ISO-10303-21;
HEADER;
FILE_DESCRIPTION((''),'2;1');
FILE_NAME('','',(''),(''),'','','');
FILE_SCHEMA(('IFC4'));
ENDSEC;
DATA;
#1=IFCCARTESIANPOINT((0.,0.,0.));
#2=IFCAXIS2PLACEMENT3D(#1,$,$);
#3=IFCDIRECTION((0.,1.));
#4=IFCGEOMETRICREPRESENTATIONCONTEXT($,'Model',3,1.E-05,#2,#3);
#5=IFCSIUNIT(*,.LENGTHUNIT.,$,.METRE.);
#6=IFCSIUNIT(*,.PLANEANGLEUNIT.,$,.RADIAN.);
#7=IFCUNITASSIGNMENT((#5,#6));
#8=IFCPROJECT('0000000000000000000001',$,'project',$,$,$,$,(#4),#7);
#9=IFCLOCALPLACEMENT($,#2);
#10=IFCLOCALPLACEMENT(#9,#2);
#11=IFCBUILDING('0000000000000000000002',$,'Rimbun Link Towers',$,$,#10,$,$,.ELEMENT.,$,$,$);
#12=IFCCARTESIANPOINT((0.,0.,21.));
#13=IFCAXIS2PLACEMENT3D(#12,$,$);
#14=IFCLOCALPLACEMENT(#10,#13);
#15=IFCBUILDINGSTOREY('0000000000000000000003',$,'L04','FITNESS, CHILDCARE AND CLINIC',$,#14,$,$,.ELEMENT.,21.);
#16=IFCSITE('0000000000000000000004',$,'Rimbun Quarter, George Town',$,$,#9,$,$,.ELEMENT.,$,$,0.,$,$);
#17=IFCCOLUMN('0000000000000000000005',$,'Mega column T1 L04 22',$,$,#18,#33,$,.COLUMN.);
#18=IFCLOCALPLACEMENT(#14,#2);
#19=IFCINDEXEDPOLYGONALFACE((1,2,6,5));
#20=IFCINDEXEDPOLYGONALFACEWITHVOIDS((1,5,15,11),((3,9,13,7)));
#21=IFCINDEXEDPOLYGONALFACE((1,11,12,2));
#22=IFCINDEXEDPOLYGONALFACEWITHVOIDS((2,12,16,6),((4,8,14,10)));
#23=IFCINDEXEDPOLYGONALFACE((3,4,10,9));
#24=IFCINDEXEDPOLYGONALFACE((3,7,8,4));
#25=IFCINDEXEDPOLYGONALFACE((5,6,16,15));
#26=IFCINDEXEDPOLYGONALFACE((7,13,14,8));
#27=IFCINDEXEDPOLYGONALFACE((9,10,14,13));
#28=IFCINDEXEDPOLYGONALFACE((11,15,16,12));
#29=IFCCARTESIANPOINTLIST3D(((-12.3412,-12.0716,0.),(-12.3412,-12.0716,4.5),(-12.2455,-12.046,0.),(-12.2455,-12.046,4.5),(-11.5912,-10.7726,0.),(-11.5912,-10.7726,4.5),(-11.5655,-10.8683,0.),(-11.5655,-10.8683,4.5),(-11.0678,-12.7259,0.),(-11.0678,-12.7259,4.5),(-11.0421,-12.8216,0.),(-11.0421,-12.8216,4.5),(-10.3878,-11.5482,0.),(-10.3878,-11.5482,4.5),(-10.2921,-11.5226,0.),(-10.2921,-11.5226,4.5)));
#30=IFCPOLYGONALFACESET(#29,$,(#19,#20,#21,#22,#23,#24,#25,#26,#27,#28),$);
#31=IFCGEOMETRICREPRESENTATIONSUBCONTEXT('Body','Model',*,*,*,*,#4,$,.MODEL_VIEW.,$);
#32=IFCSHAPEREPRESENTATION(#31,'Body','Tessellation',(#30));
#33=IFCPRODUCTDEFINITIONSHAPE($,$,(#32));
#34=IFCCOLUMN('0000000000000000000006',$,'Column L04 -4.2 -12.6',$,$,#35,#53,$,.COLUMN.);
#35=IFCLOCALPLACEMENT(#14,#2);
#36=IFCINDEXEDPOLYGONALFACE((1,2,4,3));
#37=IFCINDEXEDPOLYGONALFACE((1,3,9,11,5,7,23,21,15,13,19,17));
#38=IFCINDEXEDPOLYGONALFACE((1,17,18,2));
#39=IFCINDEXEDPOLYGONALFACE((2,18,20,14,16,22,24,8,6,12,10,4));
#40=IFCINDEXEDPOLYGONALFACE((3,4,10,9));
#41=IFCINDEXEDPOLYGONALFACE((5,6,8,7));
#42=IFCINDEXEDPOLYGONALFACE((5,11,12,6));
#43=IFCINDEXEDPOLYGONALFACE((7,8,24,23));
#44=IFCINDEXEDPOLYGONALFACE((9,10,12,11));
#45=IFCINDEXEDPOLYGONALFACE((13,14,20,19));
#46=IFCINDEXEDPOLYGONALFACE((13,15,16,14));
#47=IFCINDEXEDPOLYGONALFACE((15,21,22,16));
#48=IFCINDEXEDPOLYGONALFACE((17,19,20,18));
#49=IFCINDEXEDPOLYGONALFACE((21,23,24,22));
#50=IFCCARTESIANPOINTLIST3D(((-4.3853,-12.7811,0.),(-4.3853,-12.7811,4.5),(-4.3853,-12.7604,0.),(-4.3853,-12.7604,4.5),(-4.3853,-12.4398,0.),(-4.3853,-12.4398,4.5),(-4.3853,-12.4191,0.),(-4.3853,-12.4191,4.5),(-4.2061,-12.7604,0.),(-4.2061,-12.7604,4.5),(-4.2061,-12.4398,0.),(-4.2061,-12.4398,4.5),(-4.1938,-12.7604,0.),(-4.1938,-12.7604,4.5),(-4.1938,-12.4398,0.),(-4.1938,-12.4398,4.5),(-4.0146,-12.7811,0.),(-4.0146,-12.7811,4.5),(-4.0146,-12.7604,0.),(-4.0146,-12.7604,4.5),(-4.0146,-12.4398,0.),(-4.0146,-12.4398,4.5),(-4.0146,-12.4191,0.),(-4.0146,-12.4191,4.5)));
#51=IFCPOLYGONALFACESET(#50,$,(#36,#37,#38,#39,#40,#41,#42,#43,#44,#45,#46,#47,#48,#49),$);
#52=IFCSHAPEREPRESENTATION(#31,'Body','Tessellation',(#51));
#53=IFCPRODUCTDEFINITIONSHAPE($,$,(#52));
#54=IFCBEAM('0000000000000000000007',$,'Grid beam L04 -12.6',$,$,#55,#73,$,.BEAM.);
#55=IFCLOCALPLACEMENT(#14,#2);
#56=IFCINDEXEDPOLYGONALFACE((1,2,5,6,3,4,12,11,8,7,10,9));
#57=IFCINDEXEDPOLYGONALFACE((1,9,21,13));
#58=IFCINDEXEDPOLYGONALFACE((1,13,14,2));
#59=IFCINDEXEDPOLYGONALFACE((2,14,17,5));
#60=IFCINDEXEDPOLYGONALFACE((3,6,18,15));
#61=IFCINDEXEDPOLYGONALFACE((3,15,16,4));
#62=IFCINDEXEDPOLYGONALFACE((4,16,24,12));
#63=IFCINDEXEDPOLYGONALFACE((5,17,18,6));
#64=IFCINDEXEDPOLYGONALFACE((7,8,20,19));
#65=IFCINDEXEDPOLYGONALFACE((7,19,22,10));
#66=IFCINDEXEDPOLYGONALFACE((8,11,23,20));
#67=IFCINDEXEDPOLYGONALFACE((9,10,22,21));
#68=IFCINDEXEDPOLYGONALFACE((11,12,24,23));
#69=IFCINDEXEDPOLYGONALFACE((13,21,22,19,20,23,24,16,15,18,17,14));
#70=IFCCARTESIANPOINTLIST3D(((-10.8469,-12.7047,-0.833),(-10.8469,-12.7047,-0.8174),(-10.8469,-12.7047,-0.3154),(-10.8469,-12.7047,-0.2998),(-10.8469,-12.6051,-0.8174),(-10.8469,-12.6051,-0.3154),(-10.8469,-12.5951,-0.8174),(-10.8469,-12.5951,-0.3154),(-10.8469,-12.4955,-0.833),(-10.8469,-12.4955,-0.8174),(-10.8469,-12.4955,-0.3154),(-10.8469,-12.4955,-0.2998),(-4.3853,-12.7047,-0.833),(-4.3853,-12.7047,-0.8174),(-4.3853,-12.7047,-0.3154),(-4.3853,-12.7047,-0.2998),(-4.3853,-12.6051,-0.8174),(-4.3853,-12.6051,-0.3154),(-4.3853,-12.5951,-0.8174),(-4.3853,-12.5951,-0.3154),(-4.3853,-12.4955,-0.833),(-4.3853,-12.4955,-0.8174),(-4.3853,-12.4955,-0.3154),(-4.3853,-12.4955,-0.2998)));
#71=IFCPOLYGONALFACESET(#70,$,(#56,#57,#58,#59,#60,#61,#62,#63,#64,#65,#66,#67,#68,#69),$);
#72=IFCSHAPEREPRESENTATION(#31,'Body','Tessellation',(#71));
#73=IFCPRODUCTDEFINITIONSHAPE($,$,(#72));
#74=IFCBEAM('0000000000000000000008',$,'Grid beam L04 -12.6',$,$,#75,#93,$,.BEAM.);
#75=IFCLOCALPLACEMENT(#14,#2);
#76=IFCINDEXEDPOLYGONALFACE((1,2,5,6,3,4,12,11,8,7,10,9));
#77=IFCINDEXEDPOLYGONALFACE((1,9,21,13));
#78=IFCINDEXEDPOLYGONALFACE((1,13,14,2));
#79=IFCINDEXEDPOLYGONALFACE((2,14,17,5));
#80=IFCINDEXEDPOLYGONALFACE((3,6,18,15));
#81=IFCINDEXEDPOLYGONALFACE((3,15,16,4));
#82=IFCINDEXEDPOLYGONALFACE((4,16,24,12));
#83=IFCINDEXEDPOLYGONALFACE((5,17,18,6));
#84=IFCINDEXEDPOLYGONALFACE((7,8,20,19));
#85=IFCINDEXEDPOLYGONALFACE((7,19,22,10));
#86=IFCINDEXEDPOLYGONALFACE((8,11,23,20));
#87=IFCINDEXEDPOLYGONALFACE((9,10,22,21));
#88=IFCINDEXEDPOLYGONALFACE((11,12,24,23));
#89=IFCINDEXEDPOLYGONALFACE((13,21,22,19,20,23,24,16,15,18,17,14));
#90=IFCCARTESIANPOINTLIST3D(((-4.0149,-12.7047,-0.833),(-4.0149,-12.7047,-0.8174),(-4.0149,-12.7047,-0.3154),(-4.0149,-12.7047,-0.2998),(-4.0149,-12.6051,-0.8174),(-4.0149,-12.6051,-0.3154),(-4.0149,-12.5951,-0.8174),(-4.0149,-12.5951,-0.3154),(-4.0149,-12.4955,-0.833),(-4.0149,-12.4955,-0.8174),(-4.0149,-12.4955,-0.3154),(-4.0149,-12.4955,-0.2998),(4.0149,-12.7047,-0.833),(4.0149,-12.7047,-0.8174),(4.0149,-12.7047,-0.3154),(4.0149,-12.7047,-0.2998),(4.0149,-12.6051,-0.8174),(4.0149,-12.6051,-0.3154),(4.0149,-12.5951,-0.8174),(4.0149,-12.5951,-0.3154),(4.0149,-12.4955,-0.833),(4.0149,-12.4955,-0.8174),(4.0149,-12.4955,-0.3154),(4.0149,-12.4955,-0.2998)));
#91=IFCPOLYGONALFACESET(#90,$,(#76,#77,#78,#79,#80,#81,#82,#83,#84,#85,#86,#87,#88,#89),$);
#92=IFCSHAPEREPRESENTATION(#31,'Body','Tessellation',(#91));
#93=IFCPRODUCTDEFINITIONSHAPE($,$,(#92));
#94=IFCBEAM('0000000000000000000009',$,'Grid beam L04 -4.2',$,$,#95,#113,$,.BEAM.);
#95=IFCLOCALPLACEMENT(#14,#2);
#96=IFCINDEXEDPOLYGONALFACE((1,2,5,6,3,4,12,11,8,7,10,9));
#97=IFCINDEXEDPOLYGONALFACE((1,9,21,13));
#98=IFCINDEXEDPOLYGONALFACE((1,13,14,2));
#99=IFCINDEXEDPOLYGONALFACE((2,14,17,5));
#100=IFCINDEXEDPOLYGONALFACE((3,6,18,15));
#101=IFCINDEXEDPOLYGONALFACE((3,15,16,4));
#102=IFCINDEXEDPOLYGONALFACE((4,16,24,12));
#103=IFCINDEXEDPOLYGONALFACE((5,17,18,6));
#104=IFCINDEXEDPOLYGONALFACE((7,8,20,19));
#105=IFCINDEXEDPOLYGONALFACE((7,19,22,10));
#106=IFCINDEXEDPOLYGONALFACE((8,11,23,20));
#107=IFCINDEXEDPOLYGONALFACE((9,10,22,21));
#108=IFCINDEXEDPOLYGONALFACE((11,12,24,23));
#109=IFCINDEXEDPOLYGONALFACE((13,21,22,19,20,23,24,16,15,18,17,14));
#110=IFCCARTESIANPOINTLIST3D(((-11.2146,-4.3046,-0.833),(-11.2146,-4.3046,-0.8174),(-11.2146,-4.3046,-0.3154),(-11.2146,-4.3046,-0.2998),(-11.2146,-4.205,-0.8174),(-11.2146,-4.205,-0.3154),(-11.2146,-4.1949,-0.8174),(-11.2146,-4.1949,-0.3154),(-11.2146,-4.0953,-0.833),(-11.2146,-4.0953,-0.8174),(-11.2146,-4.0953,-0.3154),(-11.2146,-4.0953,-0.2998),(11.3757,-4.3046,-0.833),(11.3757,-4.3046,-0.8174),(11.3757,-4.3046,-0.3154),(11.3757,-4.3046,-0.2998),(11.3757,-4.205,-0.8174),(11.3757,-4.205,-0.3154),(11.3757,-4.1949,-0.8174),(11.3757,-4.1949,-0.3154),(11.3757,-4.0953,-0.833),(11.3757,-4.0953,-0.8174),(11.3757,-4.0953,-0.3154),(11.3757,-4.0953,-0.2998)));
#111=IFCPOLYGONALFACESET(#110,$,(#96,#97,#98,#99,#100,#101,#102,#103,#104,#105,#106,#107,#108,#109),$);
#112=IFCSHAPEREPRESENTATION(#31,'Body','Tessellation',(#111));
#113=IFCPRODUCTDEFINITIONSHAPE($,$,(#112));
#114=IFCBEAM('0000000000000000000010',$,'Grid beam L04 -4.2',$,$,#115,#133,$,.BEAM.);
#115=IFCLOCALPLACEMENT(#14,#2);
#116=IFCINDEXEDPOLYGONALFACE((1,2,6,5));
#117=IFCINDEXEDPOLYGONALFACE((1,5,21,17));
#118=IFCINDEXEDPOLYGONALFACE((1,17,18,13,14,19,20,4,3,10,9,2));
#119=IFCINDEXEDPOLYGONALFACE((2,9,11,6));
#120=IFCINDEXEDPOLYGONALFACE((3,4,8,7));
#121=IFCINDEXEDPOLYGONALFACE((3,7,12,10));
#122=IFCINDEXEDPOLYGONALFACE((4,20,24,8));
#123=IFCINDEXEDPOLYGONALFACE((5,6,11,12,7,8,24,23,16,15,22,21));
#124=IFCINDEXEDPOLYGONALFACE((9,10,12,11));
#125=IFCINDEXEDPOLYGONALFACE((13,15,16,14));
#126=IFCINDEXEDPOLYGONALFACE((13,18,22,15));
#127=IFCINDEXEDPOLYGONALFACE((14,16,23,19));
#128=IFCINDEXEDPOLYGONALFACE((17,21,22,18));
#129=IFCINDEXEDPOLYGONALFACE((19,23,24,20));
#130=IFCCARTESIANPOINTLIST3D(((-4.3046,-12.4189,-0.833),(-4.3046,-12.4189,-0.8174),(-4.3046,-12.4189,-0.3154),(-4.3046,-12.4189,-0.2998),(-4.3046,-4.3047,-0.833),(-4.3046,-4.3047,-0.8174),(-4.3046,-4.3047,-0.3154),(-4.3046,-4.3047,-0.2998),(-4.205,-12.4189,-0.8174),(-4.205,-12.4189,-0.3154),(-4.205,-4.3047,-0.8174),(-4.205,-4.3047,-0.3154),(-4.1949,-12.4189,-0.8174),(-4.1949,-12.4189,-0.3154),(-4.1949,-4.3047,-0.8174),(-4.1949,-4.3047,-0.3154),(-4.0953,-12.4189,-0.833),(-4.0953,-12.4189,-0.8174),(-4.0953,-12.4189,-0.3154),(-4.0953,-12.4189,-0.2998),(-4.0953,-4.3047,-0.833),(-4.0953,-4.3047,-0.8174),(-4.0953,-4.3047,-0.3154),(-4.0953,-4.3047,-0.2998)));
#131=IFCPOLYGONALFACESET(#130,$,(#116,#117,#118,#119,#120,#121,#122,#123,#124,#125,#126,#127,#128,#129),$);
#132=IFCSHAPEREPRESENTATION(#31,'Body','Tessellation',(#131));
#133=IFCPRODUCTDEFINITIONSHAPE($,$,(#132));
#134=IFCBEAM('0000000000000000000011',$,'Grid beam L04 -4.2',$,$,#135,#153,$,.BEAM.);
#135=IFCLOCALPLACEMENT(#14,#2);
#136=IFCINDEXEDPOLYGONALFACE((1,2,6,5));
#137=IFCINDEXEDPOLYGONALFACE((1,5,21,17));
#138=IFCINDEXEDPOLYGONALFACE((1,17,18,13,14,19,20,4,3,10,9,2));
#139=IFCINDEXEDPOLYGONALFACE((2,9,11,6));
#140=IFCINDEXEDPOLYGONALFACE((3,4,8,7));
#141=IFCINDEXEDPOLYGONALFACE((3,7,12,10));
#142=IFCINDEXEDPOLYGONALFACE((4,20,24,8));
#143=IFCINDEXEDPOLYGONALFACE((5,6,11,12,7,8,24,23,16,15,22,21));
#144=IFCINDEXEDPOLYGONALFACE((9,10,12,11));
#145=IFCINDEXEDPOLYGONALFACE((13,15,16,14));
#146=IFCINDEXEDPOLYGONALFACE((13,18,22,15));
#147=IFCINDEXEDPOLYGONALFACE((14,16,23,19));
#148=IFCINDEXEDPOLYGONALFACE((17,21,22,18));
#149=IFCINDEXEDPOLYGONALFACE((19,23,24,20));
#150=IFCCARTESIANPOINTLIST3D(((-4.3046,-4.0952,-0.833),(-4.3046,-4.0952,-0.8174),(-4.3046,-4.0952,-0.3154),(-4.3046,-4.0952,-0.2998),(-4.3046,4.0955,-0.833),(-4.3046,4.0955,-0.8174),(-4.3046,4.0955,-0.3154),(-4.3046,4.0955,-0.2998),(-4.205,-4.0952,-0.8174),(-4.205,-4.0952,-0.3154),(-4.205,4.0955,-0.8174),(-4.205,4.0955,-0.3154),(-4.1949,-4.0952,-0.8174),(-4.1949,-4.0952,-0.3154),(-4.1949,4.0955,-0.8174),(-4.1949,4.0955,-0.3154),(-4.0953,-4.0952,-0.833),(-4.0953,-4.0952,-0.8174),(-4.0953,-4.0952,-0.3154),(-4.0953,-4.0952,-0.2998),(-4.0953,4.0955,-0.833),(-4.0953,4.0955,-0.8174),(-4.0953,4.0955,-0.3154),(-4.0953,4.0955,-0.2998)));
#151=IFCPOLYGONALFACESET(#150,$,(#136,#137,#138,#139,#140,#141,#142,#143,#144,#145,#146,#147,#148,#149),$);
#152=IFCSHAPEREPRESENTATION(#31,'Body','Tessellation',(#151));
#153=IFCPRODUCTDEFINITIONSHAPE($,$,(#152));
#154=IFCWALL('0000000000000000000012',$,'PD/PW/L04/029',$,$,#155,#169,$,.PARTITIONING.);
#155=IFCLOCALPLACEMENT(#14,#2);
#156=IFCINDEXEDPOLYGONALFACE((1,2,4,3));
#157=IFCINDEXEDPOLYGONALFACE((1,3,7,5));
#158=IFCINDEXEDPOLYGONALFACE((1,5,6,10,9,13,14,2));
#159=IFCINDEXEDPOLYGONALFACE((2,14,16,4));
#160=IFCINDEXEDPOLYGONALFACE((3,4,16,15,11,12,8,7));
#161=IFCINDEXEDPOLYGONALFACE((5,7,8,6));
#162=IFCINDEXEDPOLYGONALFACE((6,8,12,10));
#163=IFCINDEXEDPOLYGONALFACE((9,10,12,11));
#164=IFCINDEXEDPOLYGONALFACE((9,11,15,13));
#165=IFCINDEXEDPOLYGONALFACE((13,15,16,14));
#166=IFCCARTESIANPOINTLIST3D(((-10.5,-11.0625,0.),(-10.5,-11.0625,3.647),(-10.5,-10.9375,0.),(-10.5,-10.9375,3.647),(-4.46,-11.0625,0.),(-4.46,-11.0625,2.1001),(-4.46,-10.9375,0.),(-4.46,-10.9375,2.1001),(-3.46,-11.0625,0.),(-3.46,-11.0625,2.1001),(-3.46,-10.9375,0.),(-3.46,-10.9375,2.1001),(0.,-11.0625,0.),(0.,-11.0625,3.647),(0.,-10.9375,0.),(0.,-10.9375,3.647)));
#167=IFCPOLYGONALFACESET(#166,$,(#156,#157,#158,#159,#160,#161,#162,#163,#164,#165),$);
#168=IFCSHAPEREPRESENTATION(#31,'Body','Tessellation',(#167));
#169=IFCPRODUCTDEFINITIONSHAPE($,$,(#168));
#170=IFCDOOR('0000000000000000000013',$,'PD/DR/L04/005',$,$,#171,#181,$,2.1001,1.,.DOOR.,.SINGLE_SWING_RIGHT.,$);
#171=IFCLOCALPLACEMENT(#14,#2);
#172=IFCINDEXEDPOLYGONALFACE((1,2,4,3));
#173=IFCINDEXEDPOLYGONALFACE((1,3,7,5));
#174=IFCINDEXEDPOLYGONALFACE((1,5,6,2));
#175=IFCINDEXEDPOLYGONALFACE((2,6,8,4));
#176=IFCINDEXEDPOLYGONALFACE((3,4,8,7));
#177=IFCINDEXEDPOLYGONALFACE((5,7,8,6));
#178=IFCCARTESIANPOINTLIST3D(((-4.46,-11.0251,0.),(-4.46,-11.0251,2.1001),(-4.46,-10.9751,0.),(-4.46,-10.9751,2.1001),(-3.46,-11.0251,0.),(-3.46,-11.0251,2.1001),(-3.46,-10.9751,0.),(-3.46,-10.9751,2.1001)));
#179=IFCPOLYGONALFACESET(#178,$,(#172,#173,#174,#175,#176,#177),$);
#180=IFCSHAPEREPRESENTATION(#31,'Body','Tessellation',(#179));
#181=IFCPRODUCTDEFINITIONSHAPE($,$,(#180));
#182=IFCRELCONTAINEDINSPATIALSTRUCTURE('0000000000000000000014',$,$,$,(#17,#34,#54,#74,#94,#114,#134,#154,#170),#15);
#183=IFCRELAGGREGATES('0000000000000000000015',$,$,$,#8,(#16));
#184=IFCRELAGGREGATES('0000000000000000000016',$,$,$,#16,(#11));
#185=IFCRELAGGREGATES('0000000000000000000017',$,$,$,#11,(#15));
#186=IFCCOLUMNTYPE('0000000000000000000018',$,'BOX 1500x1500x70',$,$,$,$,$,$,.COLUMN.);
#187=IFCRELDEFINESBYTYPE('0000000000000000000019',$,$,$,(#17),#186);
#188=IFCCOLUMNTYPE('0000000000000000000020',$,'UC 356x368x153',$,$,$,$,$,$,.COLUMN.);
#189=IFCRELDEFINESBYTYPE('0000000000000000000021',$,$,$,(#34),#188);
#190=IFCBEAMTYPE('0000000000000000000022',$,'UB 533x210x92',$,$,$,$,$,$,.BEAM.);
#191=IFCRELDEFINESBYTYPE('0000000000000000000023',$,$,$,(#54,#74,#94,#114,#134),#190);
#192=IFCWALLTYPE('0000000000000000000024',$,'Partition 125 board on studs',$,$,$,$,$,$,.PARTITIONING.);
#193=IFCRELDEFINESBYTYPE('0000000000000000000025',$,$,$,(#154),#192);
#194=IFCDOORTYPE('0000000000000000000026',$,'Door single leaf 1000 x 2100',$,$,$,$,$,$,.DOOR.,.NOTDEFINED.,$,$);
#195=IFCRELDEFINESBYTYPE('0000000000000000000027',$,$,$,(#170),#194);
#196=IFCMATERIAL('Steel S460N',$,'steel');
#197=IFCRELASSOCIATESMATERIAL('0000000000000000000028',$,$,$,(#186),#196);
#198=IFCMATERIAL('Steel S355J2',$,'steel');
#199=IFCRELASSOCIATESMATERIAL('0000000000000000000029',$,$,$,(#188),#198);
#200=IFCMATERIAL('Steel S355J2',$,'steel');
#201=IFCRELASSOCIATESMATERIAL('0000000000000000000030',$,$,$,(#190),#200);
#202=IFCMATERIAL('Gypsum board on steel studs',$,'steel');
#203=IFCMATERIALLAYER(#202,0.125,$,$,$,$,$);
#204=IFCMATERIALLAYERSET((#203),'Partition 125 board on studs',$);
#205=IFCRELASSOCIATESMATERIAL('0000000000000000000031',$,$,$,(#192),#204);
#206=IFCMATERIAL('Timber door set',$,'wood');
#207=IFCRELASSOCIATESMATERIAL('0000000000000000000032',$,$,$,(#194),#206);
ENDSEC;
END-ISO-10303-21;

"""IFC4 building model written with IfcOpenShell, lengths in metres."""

from ifc_helpers import new_model, si_unit, direction, frame, frame_2d, origin, origin_2d, place, context, subcontext, project, spatial, rectangle, hollow_rectangle, i_section, extrude, material, layer, layer_set, material_profile, profile_set, type_object, element, fill, save


model = new_model("IFC4")

# Units and contexts
model_context = context("Model", 3, precision=1e-05, world=origin(), true_north=direction((0.0, 1.0)))
body_context = subcontext(model_context, "Body", "Model", "MODEL_VIEW")
ifc_project = project(units=[si_unit("LENGTHUNIT", "METRE"), si_unit("PLANEANGLEUNIT", "RADIAN")], contexts=[model_context])

# Site, building, storey
site_placement = place(None, origin())
site = spatial("IfcSite", under=ifc_project, at=site_placement, Name="Rimbun Quarter, George Town", CompositionType="ELEMENT", RefElevation=0.0)
building_placement = place(site_placement, origin())
building = spatial("IfcBuilding", under=site, at=building_placement, Name="Rimbun Link Towers", CompositionType="ELEMENT")
storey_placement = place(building_placement, frame((0.0, 0.0, 21.0)))
storey = spatial("IfcBuildingStorey", under=building, at=storey_placement, Name="L04", Description="FITNESS, CHILDCARE AND CLINIC", CompositionType="ELEMENT", Elevation=21.0)

# Columns
ifc_material_1 = material(Name="Steel S460N", Category="steel")
ifc_material_profile_1 = material_profile(ifc_material_1, hollow_rectangle(XDim=1.5, YDim=1.5, WallThickness=0.0701, at=origin_2d()), Name="BOX 1500x1500x70")
ifc_profile_set_1 = profile_set([ifc_material_profile_1], Name="Steel S460N")
column_type_1 = type_object("IfcColumnType", Name="BOX 1500x1500x70", PredefinedType="COLUMN", material=ifc_profile_set_1)
column_1_placement = place(storey_placement, frame((-11.3167, -11.7971, 0.0), z_axis=(0.0, 0.0, 1.0), x_axis=(0.866025, -0.5, 0.0)))
element("IfcColumn", 1, at=column_1_placement, inside=storey, type_object=column_type_1, Name="Mega column T1 L04 22", PredefinedType="COLUMN", context=body_context, shape_type="SweptSolid", body=[
    extrude(hollow_rectangle(XDim=1.5, YDim=1.5, WallThickness=0.0701, at=origin_2d()), origin(), (0.0, 0.0, 1.0), 4.5),
])
ifc_material_2 = material(Name="Steel S355J2", Category="steel")
ifc_material_profile_2 = material_profile(ifc_material_2, i_section(OverallWidth=0.3706, OverallDepth=0.3621, WebThickness=0.0122, FlangeThickness=0.0208, at=origin_2d()), Name="UC 356x368x153")
ifc_profile_set_2 = profile_set([ifc_material_profile_2], Name="Steel S355J2")
column_type_2 = type_object("IfcColumnType", Name="UC 356x368x153", PredefinedType="COLUMN", material=ifc_profile_set_2)
column_2_placement = place(storey_placement, frame((-4.2, -12.6001, 0.0), z_axis=(0.0, 0.0, 1.0), x_axis=(1.0, 0.0, 0.0)))
element("IfcColumn", 2, at=column_2_placement, inside=storey, type_object=column_type_2, Name="Column L04 -4.2 -12.6", PredefinedType="COLUMN", context=body_context, shape_type="SweptSolid", body=[
    extrude(i_section(OverallWidth=0.3706, OverallDepth=0.3621, WebThickness=0.0122, FlangeThickness=0.0208, at=origin_2d()), origin(), (0.0, 0.0, 1.0), 4.5),
])

# Beams
ifc_material_3 = material(Name="Steel S355J2", Category="steel")
ifc_material_profile_3 = material_profile(ifc_material_3, i_section(OverallWidth=0.2092, OverallDepth=0.5332, WebThickness=0.01, FlangeThickness=0.0156, at=origin_2d()), Name="UB 533x210x92")
ifc_profile_set_3 = profile_set([ifc_material_profile_3], Name="Steel S355J2")
beam_type = type_object("IfcBeamType", Name="UB 533x210x92", PredefinedType="BEAM", material=ifc_profile_set_3)
beam_1_placement = place(storey_placement, frame((-10.8469, -12.6001, -0.5664), z_axis=(1.0, 0.0, 0.0), x_axis=(0.0, 1.0, 0.0)))
element("IfcBeam", 3, at=beam_1_placement, inside=storey, type_object=beam_type, Name="Grid beam L04 -12.6", PredefinedType="BEAM", context=body_context, shape_type="SweptSolid", body=[
    extrude(i_section(OverallWidth=0.2092, OverallDepth=0.5332, WebThickness=0.01, FlangeThickness=0.0156, at=origin_2d()), origin(), (0.0, 0.0, 1.0), 6.4617),
])
beam_2_placement = place(storey_placement, frame((-4.0149, -12.6001, -0.5664), z_axis=(1.0, 0.0, 0.0), x_axis=(0.0, 1.0, 0.0)))
element("IfcBeam", 4, at=beam_2_placement, inside=storey, type_object=beam_type, Name="Grid beam L04 -12.6", PredefinedType="BEAM", context=body_context, shape_type="SweptSolid", body=[
    extrude(i_section(OverallWidth=0.2092, OverallDepth=0.5332, WebThickness=0.01, FlangeThickness=0.0156, at=origin_2d()), origin(), (0.0, 0.0, 1.0), 8.0298),
])
beam_3_placement = place(storey_placement, frame((-11.2146, -4.2, -0.5664), z_axis=(1.0, 0.0, 0.0), x_axis=(0.0, 1.0, 0.0)))
element("IfcBeam", 5, at=beam_3_placement, inside=storey, type_object=beam_type, Name="Grid beam L04 -4.2", PredefinedType="BEAM", context=body_context, shape_type="SweptSolid", body=[
    extrude(i_section(OverallWidth=0.2092, OverallDepth=0.5332, WebThickness=0.01, FlangeThickness=0.0156, at=origin_2d()), origin(), (0.0, 0.0, 1.0), 22.5903),
])
beam_4_placement = place(storey_placement, frame((-4.2, -12.4189, -0.5664), z_axis=(0.0, 1.0, 0.0), x_axis=(-1.0, 0.0, 0.0)))
element("IfcBeam", 6, at=beam_4_placement, inside=storey, type_object=beam_type, Name="Grid beam L04 -4.2", PredefinedType="BEAM", context=body_context, shape_type="SweptSolid", body=[
    extrude(i_section(OverallWidth=0.2092, OverallDepth=0.5332, WebThickness=0.01, FlangeThickness=0.0156, at=origin_2d()), origin(), (0.0, 0.0, 1.0), 8.1143),
])
beam_5_placement = place(storey_placement, frame((-4.2, -4.0952, -0.5664), z_axis=(0.0, 1.0, 0.0), x_axis=(-1.0, 0.0, 0.0)))
element("IfcBeam", 7, at=beam_5_placement, inside=storey, type_object=beam_type, Name="Grid beam L04 -4.2", PredefinedType="BEAM", context=body_context, shape_type="SweptSolid", body=[
    extrude(i_section(OverallWidth=0.2092, OverallDepth=0.5332, WebThickness=0.01, FlangeThickness=0.0156, at=origin_2d()), origin(), (0.0, 0.0, 1.0), 8.1907),
])

# Wall, opening, door
ifc_material_4 = material(Name="Gypsum board on steel studs", Category="steel")
ifc_layer_1 = layer(ifc_material_4, 0.125)
ifc_layer_set_1 = layer_set([ifc_layer_1], Name="Partition 125 board on studs")
wall_type_1 = type_object("IfcWallType", Name="Partition 125 board on studs", PredefinedType="PARTITIONING", material=ifc_layer_set_1)
wall_1_placement = place(storey_placement, frame((-10.5, -11.0, 0.0), z_axis=(0.0, 0.0, 1.0), x_axis=(1.0, 0.0, 0.0)))
wall_1 = element("IfcWall", 8, at=wall_1_placement, inside=storey, type_object=wall_type_1, Name="PD/PW/L04/029", PredefinedType="PARTITIONING", context=body_context, shape_type="SweptSolid", body=[
    extrude(rectangle(XDim=10.5, YDim=0.125, at=frame_2d((5.25, 0.0))), origin(), (0.0, 0.0, 1.0), 3.647),
])
opening_1_placement = place(wall_1_placement, frame((6.04, 0.0, 0.0)))
opening_1 = element("IfcOpeningElement", 9, at=opening_1_placement, cuts=wall_1, PredefinedType="OPENING", context=body_context, shape_type="SweptSolid", body=[
    extrude(rectangle(XDim=1.0, YDim=2.1001, at=frame_2d((0.5, 1.05))), frame((0.0, 0.0725, 0.0), z_axis=(0.0, -1.0, 0.0), x_axis=(1.0, 0.0, 0.0)), (0.0, 0.0, 1.0), 0.145),
])
ifc_material_5 = material(Name="Timber door set", Category="wood")
door_type_1 = type_object("IfcDoorType", Name="Door single leaf 1000 x 2100", OperationType="NOTDEFINED", PredefinedType="DOOR", material=ifc_material_5)
door_1_placement = place(opening_1_placement, origin())
door_1 = element("IfcDoor", 10, at=door_1_placement, inside=storey, type_object=door_type_1, Name="PD/DR/L04/005", OperationType="SINGLE_SWING_RIGHT", OverallHeight=2.1001, OverallWidth=1.0, PredefinedType="DOOR", context=body_context, shape_type="SweptSolid", body=[
    extrude(rectangle(XDim=1.0, YDim=2.1001, at=frame_2d((0.5, 1.05))), frame((0.0, 0.0249, 0.0), z_axis=(0.0, -1.0, 0.0), x_axis=(1.0, 0.0, 0.0)), (0.0, 0.0, 1.0), 0.05),
])
fill(opening_1, door_1)

save(model, "model.ifc")
